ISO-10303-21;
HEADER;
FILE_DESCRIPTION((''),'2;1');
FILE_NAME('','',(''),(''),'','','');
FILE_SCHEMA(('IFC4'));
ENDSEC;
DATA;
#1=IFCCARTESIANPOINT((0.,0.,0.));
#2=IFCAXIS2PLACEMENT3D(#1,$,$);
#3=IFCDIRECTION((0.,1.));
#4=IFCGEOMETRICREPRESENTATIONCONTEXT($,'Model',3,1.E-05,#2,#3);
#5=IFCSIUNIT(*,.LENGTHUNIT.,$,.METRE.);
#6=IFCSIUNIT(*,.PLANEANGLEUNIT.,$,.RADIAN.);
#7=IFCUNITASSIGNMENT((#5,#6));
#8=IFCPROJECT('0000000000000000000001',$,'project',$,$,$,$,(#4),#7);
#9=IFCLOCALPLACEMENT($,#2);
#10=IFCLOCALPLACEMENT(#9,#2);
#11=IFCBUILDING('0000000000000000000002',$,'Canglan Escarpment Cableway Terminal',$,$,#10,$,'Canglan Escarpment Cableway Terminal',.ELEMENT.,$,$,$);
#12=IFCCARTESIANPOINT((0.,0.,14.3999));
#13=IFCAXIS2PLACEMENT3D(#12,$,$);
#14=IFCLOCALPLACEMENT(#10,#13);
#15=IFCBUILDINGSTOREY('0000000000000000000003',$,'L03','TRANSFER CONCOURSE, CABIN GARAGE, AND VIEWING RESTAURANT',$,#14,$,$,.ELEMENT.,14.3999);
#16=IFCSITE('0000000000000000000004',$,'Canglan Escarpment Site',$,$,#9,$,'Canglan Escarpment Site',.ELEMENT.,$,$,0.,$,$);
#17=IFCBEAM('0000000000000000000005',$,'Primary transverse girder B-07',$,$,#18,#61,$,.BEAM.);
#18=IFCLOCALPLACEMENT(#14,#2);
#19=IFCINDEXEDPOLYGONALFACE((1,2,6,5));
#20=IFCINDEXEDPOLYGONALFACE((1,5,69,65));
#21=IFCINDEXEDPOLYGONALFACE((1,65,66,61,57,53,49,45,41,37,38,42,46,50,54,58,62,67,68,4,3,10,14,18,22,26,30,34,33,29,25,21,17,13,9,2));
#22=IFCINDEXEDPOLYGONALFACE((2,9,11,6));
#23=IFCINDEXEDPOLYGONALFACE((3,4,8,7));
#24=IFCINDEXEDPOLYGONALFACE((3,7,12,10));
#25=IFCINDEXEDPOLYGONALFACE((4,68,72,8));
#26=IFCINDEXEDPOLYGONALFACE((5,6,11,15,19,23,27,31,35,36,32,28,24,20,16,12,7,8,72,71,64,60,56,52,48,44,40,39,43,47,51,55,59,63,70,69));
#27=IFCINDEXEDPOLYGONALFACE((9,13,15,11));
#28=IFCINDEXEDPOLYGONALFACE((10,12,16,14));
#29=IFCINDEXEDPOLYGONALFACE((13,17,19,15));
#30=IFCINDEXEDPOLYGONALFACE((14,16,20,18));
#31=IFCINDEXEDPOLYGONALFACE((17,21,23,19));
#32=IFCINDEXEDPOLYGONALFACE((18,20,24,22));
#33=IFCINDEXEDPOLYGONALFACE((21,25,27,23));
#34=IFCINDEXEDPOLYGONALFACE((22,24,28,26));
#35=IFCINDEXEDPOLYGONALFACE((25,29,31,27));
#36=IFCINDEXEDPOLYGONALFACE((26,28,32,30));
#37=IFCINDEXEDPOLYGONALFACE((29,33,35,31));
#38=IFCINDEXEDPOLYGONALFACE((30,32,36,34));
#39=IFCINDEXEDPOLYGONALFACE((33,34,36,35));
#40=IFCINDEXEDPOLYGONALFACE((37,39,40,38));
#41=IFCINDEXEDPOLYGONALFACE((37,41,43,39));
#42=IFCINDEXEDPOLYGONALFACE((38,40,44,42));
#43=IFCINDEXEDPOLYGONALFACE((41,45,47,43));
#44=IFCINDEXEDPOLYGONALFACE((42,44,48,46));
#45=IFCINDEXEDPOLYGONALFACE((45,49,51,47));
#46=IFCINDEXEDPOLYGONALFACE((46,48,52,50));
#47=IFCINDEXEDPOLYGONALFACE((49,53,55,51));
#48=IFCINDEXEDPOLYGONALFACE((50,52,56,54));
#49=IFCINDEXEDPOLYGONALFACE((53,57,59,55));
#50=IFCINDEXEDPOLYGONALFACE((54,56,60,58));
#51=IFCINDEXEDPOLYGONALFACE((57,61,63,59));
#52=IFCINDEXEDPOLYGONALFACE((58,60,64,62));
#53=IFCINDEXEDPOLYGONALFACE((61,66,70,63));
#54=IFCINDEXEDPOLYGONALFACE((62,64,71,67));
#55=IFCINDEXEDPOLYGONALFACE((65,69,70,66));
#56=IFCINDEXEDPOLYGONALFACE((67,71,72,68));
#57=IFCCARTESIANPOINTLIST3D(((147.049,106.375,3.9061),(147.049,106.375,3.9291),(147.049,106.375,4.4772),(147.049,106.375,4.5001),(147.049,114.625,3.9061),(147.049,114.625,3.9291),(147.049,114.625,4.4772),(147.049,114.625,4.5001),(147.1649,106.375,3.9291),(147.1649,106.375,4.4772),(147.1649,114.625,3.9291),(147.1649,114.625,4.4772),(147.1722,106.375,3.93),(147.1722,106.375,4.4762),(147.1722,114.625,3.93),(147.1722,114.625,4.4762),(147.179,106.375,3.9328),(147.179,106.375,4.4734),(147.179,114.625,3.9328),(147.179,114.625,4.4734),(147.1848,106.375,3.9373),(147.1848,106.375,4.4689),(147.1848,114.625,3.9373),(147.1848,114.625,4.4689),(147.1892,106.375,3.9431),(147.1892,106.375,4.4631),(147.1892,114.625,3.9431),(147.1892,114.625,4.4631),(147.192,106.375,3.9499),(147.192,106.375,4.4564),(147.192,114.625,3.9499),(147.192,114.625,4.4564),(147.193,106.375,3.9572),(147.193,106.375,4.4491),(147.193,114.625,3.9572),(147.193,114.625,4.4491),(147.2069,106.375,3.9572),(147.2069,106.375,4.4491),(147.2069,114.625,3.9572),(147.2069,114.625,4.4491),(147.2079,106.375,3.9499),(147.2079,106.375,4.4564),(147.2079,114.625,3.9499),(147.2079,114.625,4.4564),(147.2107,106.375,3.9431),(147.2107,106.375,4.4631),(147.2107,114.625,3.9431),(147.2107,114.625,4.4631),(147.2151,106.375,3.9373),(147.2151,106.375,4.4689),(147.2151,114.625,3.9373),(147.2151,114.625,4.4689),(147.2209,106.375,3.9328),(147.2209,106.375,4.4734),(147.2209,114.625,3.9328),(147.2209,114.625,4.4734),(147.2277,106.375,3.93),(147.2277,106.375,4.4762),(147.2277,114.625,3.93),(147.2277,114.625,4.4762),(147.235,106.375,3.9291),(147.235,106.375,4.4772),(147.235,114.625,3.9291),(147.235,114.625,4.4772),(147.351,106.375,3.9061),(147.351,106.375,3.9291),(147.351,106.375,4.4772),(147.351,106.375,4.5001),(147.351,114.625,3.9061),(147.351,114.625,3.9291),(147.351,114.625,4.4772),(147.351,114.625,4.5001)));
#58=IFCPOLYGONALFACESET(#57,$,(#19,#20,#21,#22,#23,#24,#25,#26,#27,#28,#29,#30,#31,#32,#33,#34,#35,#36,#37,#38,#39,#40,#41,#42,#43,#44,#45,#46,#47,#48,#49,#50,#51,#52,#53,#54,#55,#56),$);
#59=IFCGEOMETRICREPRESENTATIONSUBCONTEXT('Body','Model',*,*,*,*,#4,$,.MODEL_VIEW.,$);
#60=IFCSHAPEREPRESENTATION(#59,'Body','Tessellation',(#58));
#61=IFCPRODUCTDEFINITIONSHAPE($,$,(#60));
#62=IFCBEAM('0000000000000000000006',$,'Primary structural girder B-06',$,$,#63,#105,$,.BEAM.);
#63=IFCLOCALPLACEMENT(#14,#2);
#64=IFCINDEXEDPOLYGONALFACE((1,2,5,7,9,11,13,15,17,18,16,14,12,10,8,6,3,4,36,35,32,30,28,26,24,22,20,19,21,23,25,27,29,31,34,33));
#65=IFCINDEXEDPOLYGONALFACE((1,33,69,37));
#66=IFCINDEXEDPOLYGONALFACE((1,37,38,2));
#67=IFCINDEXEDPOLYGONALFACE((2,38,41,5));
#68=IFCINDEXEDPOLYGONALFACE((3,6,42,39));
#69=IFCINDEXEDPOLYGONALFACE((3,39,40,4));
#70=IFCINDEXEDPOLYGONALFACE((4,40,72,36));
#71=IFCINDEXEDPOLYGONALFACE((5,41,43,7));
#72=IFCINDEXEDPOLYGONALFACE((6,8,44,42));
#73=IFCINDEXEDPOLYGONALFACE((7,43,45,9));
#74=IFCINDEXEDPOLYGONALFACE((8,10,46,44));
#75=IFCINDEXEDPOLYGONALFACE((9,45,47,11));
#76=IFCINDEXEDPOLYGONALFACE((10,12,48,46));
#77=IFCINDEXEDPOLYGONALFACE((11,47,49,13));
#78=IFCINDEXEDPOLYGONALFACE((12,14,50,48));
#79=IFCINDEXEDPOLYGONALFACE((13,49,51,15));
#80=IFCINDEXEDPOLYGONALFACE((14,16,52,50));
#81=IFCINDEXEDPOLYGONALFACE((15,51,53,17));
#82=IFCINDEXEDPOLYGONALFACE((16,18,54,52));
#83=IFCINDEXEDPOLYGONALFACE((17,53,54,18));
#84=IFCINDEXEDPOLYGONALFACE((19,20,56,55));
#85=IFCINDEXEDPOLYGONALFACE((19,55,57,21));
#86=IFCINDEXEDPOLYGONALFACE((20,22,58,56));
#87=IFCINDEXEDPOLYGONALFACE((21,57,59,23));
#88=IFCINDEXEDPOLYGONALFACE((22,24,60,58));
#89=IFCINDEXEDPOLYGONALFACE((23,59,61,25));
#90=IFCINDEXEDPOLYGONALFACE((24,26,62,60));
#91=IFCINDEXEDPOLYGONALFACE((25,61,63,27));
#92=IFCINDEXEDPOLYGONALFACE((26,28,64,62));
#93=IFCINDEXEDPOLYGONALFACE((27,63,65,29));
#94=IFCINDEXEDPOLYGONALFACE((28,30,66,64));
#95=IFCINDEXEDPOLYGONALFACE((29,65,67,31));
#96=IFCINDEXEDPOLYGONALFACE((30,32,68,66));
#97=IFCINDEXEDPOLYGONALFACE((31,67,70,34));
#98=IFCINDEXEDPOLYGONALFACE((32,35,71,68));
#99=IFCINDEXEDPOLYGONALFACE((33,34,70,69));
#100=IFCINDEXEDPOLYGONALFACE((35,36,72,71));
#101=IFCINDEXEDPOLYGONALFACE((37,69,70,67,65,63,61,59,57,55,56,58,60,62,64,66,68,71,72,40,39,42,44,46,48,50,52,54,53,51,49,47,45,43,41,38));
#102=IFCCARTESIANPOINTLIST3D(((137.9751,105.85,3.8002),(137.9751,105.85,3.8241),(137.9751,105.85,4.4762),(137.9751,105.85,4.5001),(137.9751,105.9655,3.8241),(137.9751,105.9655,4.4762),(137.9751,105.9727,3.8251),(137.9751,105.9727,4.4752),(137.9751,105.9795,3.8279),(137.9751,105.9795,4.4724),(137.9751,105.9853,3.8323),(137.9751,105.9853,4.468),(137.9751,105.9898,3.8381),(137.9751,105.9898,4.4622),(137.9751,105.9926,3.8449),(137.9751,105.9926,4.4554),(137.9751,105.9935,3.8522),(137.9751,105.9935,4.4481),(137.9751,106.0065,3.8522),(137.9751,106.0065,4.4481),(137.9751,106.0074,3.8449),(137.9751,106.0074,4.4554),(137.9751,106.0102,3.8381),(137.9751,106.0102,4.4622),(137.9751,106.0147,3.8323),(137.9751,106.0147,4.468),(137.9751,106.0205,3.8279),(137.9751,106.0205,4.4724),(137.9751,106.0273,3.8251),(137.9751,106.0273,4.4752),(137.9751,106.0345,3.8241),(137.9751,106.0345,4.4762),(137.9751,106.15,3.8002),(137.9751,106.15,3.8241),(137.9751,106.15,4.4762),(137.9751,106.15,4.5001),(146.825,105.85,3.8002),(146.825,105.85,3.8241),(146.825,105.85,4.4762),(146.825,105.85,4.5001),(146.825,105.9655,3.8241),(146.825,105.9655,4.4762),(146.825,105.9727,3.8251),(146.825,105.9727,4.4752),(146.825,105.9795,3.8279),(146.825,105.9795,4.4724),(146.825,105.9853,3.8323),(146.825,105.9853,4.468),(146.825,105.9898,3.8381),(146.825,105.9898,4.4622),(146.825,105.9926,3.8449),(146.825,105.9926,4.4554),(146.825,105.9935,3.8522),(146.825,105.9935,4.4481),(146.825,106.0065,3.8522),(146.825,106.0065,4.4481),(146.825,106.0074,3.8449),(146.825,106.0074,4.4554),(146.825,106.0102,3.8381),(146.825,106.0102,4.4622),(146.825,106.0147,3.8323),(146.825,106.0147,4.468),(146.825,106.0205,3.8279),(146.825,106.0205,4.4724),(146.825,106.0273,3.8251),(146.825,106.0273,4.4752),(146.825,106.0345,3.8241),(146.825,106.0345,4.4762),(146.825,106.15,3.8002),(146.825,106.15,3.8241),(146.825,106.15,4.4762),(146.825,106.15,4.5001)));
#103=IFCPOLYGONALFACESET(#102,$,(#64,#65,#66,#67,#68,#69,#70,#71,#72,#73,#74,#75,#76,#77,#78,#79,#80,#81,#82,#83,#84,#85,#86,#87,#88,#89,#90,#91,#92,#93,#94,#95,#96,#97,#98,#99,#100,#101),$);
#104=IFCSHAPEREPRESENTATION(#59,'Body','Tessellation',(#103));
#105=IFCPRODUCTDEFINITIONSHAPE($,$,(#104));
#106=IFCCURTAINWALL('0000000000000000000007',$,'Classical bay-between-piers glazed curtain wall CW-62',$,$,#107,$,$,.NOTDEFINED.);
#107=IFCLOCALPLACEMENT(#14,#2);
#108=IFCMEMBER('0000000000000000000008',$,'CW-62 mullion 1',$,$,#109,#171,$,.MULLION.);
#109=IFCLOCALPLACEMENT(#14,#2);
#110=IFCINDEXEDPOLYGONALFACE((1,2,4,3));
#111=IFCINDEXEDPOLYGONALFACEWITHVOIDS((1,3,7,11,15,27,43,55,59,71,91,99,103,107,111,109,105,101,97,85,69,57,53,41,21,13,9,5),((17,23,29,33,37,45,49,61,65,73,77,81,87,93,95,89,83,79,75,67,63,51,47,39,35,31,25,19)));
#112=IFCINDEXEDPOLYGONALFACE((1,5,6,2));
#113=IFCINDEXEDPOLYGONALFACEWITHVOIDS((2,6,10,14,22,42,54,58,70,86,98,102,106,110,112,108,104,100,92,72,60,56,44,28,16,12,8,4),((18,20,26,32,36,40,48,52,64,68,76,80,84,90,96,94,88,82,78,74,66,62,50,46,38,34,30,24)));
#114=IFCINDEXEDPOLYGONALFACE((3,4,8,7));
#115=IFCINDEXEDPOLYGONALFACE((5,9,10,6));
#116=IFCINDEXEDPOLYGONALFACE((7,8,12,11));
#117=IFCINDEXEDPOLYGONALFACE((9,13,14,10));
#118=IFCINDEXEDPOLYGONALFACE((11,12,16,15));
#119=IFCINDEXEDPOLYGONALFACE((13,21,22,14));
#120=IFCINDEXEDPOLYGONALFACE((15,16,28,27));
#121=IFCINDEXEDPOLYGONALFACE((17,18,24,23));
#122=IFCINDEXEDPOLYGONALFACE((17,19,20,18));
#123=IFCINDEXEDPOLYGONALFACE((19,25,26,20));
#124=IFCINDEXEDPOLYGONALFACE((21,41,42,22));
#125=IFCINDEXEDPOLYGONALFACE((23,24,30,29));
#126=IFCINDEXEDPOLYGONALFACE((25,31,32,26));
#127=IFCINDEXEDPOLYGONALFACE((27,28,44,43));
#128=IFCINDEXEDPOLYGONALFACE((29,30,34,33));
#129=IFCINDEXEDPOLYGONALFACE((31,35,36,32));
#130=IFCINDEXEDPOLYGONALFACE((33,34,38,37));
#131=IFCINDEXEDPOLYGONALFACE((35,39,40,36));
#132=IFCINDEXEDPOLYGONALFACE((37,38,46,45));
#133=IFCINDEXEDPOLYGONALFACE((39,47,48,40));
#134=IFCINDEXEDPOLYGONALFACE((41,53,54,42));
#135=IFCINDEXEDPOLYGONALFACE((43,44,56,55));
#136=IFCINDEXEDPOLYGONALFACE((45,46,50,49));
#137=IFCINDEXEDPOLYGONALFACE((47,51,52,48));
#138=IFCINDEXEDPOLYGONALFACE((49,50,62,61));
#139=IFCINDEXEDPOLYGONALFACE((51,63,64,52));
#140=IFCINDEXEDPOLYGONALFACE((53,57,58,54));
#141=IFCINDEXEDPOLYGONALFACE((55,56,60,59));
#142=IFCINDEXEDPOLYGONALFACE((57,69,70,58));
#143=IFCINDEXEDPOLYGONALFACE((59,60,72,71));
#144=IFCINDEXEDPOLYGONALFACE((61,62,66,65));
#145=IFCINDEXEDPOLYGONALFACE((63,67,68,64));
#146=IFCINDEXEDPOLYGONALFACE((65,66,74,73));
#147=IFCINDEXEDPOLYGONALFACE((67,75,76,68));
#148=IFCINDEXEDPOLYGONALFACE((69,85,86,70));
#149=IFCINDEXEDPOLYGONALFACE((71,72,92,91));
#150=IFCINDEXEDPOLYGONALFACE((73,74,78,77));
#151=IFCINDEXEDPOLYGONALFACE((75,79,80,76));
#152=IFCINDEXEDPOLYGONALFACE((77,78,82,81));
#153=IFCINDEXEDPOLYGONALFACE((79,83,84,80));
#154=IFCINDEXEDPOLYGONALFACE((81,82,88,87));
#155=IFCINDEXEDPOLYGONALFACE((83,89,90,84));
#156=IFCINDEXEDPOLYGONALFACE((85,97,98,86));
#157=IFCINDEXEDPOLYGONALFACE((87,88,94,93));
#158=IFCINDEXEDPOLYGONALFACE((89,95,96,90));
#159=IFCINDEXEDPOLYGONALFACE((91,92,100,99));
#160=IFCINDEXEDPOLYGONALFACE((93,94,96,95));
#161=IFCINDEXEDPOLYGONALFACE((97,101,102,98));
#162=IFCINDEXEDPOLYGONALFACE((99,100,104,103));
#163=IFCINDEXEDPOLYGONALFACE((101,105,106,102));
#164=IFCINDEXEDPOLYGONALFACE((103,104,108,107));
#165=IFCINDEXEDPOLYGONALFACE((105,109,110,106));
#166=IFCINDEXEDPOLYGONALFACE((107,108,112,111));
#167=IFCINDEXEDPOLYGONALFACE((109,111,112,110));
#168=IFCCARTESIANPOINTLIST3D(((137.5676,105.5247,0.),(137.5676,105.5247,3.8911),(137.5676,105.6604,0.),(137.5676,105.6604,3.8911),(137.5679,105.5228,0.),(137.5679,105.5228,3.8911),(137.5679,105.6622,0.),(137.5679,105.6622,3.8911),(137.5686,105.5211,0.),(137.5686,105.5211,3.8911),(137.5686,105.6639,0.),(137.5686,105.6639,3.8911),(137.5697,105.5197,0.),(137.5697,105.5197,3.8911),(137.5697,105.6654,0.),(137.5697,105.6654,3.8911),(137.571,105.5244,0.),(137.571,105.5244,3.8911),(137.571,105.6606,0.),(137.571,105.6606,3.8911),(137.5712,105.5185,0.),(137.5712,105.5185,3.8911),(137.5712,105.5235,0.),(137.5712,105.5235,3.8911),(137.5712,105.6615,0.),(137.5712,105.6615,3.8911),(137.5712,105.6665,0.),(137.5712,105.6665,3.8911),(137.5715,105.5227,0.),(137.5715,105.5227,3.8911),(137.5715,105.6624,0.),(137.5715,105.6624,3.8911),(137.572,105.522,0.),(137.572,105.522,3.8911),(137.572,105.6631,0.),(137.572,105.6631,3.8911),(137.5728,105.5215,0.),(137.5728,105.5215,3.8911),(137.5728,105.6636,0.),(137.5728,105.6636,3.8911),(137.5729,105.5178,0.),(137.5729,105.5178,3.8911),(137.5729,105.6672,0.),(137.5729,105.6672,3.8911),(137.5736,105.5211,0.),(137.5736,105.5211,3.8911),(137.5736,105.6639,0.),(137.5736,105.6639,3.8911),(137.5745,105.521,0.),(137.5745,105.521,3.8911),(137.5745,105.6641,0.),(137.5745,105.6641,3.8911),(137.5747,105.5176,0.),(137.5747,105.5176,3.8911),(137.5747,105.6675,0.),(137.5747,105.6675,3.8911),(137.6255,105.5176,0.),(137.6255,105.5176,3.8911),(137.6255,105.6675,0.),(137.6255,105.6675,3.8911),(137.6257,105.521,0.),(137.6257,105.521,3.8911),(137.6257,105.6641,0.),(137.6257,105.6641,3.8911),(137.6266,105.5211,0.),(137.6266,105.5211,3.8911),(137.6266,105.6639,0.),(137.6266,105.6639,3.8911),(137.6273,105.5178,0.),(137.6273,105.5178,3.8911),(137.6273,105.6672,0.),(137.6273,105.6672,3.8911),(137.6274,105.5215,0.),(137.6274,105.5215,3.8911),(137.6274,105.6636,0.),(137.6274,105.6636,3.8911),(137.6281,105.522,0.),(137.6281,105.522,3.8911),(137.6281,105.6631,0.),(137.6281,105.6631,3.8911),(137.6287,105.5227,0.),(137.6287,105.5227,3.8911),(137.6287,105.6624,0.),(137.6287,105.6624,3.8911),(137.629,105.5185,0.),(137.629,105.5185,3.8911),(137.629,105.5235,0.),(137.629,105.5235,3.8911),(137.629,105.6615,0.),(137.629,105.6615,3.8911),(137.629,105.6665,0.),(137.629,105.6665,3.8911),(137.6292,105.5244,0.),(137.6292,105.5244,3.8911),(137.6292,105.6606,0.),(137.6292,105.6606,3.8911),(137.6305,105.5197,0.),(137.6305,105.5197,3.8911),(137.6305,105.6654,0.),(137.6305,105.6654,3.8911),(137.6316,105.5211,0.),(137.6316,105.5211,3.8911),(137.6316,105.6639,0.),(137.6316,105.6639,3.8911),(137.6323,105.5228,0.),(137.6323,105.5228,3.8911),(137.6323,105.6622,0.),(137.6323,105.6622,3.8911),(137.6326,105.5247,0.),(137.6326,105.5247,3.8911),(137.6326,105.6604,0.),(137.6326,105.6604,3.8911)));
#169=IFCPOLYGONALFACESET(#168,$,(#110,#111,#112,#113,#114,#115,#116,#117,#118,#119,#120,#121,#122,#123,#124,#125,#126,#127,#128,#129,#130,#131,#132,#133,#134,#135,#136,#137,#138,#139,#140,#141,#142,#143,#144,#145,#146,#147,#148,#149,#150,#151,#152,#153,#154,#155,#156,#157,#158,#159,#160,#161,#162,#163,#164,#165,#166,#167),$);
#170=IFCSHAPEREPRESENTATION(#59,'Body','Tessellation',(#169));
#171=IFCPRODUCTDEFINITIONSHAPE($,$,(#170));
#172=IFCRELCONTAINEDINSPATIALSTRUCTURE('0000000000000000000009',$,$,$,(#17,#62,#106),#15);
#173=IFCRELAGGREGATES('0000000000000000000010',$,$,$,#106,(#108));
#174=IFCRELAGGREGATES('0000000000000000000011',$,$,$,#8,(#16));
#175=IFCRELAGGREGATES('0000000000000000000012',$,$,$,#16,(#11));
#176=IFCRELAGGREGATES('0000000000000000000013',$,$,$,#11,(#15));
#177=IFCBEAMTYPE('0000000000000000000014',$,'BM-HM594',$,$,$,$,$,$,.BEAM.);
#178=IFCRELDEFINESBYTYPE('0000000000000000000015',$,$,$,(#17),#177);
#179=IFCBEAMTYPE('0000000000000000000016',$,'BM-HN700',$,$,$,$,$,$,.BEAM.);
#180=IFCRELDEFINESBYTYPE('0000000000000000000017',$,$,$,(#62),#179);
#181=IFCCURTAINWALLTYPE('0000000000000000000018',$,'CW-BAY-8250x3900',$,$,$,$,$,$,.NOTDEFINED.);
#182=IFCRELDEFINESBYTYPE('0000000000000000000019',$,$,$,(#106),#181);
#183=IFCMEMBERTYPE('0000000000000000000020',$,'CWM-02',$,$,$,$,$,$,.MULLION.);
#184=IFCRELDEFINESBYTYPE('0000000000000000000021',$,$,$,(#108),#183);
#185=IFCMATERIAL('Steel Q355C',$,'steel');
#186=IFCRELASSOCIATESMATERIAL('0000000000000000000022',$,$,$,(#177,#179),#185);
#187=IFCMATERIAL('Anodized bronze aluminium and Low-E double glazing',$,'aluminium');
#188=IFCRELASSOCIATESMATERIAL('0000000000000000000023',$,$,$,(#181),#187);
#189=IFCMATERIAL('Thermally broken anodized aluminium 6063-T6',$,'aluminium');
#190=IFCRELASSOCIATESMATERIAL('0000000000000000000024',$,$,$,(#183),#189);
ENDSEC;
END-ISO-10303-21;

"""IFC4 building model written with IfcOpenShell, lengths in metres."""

from ifc_helpers import new_model, si_unit, direction, frame, origin, origin_2d, place, context, subcontext, project, spatial, hollow_rectangle, i_section, extrude, material, material_profile, profile_set, type_object, element, aggregate, save


model = new_model("IFC4")

# Units and contexts
model_context = context("Model", 3, precision=1e-05, world=origin(), true_north=direction((0.0, 1.0)))
body_context = subcontext(model_context, "Body", "Model", "MODEL_VIEW")
ifc_project = project(units=[si_unit("LENGTHUNIT", "METRE"), si_unit("PLANEANGLEUNIT", "RADIAN")], contexts=[model_context])

# Site, building, storey
site_placement = place(None, origin())
site = spatial("IfcSite", under=ifc_project, at=site_placement, Name="Canglan Escarpment Site", LongName="Canglan Escarpment Site", CompositionType="ELEMENT", RefElevation=0.0)
building_placement = place(site_placement, origin())
building = spatial("IfcBuilding", under=site, at=building_placement, Name="Canglan Escarpment Cableway Terminal", LongName="Canglan Escarpment Cableway Terminal", CompositionType="ELEMENT")
storey_placement = place(building_placement, frame((0.0, 0.0, 14.3999)))
storey = spatial("IfcBuildingStorey", under=building, at=storey_placement, Name="L03", Description="TRANSFER CONCOURSE, CABIN GARAGE, AND VIEWING RESTAURANT", CompositionType="ELEMENT", Elevation=14.3999)

# Beams
ifc_material_1 = material(Name="Steel Q355C", Category="steel")
ifc_material_profile_1 = material_profile(ifc_material_1, i_section(OverallWidth=0.302, OverallDepth=0.594, WebThickness=0.0139, FlangeThickness=0.0229, FilletRadius=0.0281, at=origin_2d()), Name="HM 594x302x14x23")
ifc_profile_set_1 = profile_set([ifc_material_profile_1], Name="Steel Q355C")
beam_type_1 = type_object("IfcBeamType", Name="BM-HM594", PredefinedType="BEAM", material=ifc_profile_set_1)
for number, where, z_axis, x_axis, name in (
    (1, (147.2, 106.375, 4.2031), (0.0, 1.0, 0.0), (-1.0, 0.0, 0.0), "Primary transverse girder B-07"),
):
    element("IfcBeam", number, at=place(storey_placement, frame(where, z_axis=z_axis, x_axis=x_axis)), inside=storey, type_object=beam_type_1, Name=name, PredefinedType="BEAM", context=body_context, shape_type="SweptSolid", body=[
        extrude(i_section(OverallWidth=0.302, OverallDepth=0.594, WebThickness=0.0139, FlangeThickness=0.0229, FilletRadius=0.0281, at=origin_2d()), origin(), (0.0, 0.0, 1.0), 8.25),
    ])
ifc_material_profile_2 = material_profile(ifc_material_1, i_section(OverallWidth=0.3, OverallDepth=0.7, WebThickness=0.0129, FlangeThickness=0.0239, FilletRadius=0.0281, at=origin_2d()), Name="HN 700x300x13x24")
ifc_profile_set_2 = profile_set([ifc_material_profile_2], Name="Steel Q355C")
beam_type_2 = type_object("IfcBeamType", Name="BM-HN700", PredefinedType="BEAM", material=ifc_profile_set_2)
beam_1_placement = place(storey_placement, frame((137.9751, 106.0, 4.1501), z_axis=(1.0, 0.0, 0.0), x_axis=(0.0, 1.0, 0.0)))
element("IfcBeam", 2, at=beam_1_placement, inside=storey, type_object=beam_type_2, Name="Primary structural girder B-06", PredefinedType="BEAM", context=body_context, shape_type="SweptSolid", body=[
    extrude(i_section(OverallWidth=0.3, OverallDepth=0.7, WebThickness=0.0129, FlangeThickness=0.0239, FilletRadius=0.0281, at=origin_2d()), origin(), (0.0, 0.0, 1.0), 8.8499),
])

# Curtain wall, member
ifc_material_2 = material(Name="Anodized bronze aluminium and Low-E double glazing", Category="aluminium")
curtain_wall_type = type_object("IfcCurtainWallType", Name="CW-BAY-8250x3900", PredefinedType="NOTDEFINED", material=ifc_material_2)
curtain_wall_1_placement = place(storey_placement, origin())
curtain_wall_1 = element("IfcCurtainWall", 3, at=curtain_wall_1_placement, inside=storey, type_object=curtain_wall_type, Name="Classical bay-between-piers glazed curtain wall CW-62", PredefinedType="NOTDEFINED")
ifc_material_3 = material(Name="Thermally broken anodized aluminium 6063-T6", Category="aluminium")
ifc_material_profile_3 = material_profile(ifc_material_3, hollow_rectangle(XDim=0.0649, YDim=0.1499, WallThickness=0.0034, InnerFilletRadius=0.0034, OuterFilletRadius=0.0071, at=origin_2d()), Name="ALU-MULL 65x150x3.5")
ifc_profile_set_3 = profile_set([ifc_material_profile_3], Name="Thermally broken anodized aluminium 6063-T6")
member_type_1 = type_object("IfcMemberType", Name="CWM-02", PredefinedType="MULLION", material=ifc_profile_set_3)
member_1_placement = place(storey_placement, frame((137.6001, 105.5925, 0.0), z_axis=(0.0, 0.0, 1.0), x_axis=(1.0, 0.0, 0.0)))
member_1 = element("IfcMember", 4, at=member_1_placement, type_object=member_type_1, Name="CW-62 mullion 1", PredefinedType="MULLION", context=body_context, shape_type="SweptSolid", body=[
    extrude(hollow_rectangle(XDim=0.0649, YDim=0.1499, WallThickness=0.0034, InnerFilletRadius=0.0034, OuterFilletRadius=0.0071, at=origin_2d()), origin(), (0.0, 0.0, 1.0), 3.8911),
])

aggregate(curtain_wall_1, [member_1])

save(model, "model.ifc")
